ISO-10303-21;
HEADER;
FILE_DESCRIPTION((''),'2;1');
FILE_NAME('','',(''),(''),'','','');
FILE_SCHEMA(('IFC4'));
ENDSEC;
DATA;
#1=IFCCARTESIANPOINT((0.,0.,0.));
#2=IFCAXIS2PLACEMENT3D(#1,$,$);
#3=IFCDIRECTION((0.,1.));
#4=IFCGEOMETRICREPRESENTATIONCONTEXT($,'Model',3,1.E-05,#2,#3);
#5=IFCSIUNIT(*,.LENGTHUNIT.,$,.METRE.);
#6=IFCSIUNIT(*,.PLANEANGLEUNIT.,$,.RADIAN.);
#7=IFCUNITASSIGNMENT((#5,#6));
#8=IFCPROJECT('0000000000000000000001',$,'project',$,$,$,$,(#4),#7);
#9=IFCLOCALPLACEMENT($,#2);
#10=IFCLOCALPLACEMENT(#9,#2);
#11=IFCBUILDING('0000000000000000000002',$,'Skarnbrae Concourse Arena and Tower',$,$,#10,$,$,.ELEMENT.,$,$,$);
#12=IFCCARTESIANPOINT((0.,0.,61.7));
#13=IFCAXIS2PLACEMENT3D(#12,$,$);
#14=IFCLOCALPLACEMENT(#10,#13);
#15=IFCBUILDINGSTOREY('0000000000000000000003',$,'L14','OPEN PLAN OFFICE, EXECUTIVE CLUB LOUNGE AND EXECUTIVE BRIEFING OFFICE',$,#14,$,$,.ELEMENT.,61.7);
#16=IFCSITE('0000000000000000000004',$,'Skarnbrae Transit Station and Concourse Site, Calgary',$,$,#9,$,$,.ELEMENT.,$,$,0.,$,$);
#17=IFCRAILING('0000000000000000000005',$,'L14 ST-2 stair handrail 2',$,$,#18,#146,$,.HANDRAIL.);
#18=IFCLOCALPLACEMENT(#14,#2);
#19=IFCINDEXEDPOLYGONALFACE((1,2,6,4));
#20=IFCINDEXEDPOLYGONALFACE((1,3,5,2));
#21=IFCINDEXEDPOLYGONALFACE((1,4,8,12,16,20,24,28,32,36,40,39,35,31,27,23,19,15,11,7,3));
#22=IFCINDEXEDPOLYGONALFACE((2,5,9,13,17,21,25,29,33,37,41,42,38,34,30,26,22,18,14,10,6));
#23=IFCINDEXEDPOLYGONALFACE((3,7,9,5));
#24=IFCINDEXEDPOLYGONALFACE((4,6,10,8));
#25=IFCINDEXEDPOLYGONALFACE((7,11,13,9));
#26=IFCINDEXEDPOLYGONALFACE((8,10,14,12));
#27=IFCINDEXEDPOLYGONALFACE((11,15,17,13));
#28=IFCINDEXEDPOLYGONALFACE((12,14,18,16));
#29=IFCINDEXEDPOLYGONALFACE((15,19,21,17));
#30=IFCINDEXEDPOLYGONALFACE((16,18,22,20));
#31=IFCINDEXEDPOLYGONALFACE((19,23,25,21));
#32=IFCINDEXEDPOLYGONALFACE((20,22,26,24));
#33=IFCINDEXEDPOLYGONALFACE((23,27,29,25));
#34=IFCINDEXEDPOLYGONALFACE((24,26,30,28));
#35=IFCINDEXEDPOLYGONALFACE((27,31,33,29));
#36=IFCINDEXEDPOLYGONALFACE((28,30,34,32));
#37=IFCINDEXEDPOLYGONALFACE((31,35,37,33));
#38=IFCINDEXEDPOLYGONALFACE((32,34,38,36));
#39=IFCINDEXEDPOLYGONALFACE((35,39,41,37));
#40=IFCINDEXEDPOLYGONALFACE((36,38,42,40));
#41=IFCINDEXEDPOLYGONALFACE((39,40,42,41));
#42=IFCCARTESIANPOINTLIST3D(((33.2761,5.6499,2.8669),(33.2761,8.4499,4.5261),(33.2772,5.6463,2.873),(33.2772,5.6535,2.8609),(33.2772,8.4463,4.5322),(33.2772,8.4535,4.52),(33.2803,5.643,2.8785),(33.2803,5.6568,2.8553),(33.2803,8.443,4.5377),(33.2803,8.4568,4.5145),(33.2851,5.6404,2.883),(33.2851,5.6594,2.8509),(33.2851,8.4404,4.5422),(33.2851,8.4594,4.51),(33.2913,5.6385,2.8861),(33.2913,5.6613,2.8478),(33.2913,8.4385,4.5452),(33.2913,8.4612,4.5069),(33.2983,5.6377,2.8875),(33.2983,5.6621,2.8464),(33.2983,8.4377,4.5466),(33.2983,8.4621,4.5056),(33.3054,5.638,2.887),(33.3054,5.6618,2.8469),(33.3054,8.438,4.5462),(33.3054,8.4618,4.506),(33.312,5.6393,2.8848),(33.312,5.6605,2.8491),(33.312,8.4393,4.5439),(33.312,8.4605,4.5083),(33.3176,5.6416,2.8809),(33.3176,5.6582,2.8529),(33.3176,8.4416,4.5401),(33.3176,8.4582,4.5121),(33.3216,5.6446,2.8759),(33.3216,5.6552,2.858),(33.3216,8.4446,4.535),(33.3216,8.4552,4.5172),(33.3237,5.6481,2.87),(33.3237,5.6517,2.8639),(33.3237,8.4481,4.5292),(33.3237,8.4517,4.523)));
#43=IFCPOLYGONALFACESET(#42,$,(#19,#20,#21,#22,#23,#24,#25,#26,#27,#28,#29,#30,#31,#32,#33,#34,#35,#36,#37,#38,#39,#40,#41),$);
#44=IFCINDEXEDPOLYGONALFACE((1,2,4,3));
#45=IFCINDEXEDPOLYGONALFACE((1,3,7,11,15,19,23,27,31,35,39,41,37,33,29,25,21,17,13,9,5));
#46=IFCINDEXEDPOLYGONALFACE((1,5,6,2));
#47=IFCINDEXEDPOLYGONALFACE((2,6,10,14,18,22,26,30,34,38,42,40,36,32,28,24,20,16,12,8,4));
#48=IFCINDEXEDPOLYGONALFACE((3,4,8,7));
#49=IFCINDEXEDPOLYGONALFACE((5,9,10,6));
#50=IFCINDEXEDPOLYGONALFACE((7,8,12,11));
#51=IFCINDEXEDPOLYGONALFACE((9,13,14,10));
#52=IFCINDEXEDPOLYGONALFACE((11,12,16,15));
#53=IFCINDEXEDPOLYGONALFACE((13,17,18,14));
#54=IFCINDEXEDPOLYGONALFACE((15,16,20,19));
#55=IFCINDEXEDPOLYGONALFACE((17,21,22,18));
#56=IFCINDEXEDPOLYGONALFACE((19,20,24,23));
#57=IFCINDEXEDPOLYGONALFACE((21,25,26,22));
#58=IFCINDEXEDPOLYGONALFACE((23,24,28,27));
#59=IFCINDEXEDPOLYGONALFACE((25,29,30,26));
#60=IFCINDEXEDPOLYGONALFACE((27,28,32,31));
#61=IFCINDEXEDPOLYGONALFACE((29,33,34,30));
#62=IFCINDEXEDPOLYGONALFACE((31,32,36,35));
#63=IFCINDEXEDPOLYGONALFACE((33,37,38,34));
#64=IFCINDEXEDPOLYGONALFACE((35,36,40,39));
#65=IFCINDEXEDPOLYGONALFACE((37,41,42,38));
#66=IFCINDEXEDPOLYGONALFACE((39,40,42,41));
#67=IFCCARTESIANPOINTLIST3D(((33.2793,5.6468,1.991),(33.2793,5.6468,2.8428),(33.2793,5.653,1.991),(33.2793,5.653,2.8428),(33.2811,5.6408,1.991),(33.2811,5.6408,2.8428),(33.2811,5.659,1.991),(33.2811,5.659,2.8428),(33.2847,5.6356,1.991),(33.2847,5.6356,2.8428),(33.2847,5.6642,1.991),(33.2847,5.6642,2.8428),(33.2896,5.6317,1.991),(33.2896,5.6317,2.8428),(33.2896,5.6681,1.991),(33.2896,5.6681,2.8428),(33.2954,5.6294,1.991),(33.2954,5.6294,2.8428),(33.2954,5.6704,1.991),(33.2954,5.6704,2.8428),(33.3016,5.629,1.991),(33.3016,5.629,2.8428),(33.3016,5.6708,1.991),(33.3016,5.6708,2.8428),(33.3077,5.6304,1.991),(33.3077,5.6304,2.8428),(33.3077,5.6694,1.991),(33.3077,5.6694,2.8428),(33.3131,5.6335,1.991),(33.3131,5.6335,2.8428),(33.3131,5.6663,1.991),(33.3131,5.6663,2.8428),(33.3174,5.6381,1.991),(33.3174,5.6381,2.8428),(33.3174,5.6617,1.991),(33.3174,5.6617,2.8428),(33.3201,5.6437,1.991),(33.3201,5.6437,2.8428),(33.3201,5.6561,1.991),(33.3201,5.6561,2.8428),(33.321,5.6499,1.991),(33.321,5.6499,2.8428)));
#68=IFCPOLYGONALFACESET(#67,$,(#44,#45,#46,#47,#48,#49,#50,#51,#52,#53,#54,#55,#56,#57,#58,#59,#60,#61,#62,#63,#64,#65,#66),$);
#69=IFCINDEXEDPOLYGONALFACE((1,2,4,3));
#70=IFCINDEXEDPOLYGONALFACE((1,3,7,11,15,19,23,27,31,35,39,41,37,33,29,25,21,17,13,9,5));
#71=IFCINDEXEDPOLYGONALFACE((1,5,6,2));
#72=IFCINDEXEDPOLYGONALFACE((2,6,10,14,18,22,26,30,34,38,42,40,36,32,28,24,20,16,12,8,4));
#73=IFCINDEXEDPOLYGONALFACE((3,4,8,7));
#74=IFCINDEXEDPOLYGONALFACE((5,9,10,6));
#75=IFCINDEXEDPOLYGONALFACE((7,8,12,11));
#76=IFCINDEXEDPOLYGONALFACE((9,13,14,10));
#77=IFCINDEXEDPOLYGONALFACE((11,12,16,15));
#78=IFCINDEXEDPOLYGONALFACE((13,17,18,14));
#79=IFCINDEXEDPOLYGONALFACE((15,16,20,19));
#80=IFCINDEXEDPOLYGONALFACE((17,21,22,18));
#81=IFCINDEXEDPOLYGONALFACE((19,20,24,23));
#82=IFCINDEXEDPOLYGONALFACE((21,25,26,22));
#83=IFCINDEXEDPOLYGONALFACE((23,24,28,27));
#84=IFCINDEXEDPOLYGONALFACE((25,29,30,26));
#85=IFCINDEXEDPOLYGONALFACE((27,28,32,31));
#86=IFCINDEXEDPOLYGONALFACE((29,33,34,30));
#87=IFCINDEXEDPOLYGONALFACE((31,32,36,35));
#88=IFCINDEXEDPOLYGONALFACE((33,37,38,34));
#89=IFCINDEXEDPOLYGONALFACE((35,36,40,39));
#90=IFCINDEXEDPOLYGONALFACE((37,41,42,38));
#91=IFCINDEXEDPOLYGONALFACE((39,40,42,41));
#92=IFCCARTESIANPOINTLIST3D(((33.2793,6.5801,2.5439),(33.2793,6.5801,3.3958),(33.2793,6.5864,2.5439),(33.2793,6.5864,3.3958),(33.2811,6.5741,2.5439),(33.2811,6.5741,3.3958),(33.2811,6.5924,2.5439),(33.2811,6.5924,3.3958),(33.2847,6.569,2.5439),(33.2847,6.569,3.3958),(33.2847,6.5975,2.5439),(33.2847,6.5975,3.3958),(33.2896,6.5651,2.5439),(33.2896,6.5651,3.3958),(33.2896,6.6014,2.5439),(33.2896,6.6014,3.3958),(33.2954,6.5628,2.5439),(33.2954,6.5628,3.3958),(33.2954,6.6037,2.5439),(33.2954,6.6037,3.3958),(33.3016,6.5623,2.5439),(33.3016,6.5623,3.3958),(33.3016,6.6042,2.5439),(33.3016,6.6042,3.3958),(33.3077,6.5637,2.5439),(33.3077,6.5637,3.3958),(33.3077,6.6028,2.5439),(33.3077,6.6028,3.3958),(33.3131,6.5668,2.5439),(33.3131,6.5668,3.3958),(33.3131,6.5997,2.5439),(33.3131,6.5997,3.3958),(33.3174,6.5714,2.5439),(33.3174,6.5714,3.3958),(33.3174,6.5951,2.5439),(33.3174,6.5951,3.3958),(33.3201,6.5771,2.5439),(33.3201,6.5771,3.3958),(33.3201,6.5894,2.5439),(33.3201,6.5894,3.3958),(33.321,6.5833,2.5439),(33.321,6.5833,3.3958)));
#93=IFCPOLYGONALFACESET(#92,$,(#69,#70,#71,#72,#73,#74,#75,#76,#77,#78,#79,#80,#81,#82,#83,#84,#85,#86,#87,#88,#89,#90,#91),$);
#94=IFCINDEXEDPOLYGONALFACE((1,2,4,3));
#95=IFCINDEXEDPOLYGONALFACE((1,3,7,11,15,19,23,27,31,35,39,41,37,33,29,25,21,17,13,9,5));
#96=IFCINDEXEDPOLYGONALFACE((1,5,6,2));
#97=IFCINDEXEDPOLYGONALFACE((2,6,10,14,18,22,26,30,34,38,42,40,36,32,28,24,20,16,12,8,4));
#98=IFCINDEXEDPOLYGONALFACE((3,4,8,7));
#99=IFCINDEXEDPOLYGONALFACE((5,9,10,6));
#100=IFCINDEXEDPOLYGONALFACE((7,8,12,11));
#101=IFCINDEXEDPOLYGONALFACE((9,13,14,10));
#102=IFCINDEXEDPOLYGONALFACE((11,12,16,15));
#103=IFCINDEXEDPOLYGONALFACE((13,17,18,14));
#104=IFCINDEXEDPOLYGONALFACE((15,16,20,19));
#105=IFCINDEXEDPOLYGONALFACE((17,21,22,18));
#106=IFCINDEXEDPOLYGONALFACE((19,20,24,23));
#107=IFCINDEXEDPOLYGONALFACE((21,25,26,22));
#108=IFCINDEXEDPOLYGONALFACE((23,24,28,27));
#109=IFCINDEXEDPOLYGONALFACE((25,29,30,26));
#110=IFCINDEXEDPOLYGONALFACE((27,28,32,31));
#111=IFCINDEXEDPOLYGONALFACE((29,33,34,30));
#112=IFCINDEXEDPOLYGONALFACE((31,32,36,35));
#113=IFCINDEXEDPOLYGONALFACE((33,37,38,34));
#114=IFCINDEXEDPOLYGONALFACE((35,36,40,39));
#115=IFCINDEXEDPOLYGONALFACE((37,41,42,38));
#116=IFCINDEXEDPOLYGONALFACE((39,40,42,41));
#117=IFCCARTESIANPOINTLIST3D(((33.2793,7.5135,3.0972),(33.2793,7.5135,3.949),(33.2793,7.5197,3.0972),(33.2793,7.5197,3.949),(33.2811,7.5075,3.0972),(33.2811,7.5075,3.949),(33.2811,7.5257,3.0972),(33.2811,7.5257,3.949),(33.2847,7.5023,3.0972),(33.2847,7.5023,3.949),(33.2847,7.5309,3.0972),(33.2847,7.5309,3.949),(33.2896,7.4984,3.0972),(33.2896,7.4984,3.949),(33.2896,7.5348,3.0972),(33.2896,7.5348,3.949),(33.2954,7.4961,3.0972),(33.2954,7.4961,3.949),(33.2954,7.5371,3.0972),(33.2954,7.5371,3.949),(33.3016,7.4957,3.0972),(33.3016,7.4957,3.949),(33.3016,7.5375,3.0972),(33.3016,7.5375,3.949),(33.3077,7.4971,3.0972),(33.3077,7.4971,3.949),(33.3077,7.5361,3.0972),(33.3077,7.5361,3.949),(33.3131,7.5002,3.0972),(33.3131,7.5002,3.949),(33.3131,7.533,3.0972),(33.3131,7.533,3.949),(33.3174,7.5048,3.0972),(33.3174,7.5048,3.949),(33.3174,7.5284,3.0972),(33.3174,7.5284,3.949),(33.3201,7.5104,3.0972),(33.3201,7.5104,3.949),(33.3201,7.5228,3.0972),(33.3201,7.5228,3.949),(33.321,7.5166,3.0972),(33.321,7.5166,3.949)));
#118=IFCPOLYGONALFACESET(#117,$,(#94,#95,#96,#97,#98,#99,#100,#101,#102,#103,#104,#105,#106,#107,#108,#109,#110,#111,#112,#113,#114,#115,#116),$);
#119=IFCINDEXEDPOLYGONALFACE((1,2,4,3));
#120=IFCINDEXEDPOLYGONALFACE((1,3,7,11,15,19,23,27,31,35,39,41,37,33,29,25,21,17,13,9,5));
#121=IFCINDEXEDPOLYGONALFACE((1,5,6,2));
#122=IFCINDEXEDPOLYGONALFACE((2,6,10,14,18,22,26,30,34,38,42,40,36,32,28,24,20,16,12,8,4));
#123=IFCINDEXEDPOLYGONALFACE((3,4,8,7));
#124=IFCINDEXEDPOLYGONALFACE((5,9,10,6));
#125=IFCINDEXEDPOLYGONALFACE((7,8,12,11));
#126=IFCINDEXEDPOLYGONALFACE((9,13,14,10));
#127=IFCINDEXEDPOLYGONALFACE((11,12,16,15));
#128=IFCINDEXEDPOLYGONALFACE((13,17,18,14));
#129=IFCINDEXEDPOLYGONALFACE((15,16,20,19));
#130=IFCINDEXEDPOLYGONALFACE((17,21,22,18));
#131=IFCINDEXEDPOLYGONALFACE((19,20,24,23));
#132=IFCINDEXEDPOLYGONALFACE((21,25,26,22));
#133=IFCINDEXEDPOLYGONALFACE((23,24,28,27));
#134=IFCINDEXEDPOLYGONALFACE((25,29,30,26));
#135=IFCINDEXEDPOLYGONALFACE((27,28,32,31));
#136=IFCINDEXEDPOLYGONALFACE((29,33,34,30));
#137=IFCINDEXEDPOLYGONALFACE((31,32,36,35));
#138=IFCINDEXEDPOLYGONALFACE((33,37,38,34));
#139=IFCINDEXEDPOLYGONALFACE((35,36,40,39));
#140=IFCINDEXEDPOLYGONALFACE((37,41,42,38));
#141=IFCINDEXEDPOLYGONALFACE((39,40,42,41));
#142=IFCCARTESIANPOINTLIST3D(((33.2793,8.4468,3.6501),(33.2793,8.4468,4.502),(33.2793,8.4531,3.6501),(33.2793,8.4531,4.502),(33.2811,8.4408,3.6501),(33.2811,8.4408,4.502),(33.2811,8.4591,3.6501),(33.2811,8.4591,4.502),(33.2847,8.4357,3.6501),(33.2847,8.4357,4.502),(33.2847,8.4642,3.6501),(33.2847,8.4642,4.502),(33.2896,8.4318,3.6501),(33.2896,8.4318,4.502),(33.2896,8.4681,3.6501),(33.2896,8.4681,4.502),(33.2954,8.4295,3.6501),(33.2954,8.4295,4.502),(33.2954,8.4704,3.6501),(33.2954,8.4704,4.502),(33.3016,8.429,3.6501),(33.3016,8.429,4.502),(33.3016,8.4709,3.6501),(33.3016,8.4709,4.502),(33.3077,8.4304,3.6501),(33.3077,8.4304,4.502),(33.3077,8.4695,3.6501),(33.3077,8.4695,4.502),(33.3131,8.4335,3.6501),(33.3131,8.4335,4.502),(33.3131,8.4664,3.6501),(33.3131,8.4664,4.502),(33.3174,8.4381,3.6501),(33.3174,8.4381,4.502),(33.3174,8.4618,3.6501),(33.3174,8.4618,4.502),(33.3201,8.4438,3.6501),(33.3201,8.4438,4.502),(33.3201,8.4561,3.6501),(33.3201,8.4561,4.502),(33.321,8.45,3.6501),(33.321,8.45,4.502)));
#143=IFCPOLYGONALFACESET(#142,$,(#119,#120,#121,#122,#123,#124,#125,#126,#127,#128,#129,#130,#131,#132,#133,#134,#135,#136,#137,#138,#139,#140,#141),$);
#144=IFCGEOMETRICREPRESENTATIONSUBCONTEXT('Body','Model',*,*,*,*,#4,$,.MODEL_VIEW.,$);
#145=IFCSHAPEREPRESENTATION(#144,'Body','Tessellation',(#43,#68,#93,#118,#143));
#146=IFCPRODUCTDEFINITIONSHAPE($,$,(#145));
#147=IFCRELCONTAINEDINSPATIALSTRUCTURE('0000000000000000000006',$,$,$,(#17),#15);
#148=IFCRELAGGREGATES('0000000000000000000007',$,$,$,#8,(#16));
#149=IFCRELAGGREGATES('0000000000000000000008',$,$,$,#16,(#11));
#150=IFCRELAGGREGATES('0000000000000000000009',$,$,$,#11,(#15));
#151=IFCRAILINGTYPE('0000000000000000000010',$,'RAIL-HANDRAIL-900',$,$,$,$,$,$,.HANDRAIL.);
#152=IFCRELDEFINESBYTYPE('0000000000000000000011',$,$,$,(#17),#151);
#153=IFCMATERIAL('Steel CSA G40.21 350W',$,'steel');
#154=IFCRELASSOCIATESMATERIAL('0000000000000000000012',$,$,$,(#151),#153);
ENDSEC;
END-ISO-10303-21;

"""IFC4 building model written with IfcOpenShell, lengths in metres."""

from ifc_helpers import new_model, si_unit, direction, frame, origin, origin_2d, place, context, subcontext, project, spatial, circle, extrude, material, type_object, element, save


model = new_model("IFC4")

# Units and contexts
model_context = context("Model", 3, precision=1e-05, world=origin(), true_north=direction((0.0, 1.0)))
body_context = subcontext(model_context, "Body", "Model", "MODEL_VIEW")
ifc_project = project(units=[si_unit("LENGTHUNIT", "METRE"), si_unit("PLANEANGLEUNIT", "RADIAN")], contexts=[model_context])

# Site, building, storey
site_placement = place(None, origin())
site = spatial("IfcSite", under=ifc_project, at=site_placement, Name="Skarnbrae Transit Station and Concourse Site, Calgary", CompositionType="ELEMENT", RefElevation=0.0)
building_placement = place(site_placement, origin())
building = spatial("IfcBuilding", under=site, at=building_placement, Name="Skarnbrae Concourse Arena and Tower", CompositionType="ELEMENT")
storey_placement = place(building_placement, frame((0.0, 0.0, 61.7)))
storey = spatial("IfcBuildingStorey", under=building, at=storey_placement, Name="L14", Description="OPEN PLAN OFFICE, EXECUTIVE CLUB LOUNGE AND EXECUTIVE BRIEFING OFFICE", CompositionType="ELEMENT", Elevation=61.7)

# Shared definitions
ifc_material_1 = material(Name="Steel CSA G40.21 350W", Category="steel")

# Railing
railing_type_1 = type_object("IfcRailingType", Name="RAIL-HANDRAIL-900", PredefinedType="HANDRAIL", material=ifc_material_1)
railing_1_placement = place(storey_placement, frame((33.3, 5.6499, 1.991)))
element("IfcRailing", 1, at=railing_1_placement, inside=storey, type_object=railing_type_1, Name="L14 ST-2 stair handrail 2", PredefinedType="HANDRAIL", context=body_context, shape_type="SweptSolid", body=[
    extrude(circle(Radius=0.0239, at=origin_2d()), frame((0.0, 0.0, 0.876), z_axis=(0.0, 0.860306, 0.509778), x_axis=(-1.0, 0.0, 0.0)), (0.0, 0.0, 1.0), 3.2546),
    extrude(circle(Radius=0.021, at=origin_2d()), origin(), (0.0, 0.0, 1.0), 0.8518),
    extrude(circle(Radius=0.021, at=origin_2d()), frame((0.0, 0.9333, 0.553)), (0.0, 0.0, 1.0), 0.8518),
    extrude(circle(Radius=0.021, at=origin_2d()), frame((0.0, 1.8667, 1.1062)), (0.0, 0.0, 1.0), 0.8518),
    extrude(circle(Radius=0.021, at=origin_2d()), frame((0.0, 2.8, 1.6592)), (0.0, 0.0, 1.0), 0.8518),
])

save(model, "model.ifc")
